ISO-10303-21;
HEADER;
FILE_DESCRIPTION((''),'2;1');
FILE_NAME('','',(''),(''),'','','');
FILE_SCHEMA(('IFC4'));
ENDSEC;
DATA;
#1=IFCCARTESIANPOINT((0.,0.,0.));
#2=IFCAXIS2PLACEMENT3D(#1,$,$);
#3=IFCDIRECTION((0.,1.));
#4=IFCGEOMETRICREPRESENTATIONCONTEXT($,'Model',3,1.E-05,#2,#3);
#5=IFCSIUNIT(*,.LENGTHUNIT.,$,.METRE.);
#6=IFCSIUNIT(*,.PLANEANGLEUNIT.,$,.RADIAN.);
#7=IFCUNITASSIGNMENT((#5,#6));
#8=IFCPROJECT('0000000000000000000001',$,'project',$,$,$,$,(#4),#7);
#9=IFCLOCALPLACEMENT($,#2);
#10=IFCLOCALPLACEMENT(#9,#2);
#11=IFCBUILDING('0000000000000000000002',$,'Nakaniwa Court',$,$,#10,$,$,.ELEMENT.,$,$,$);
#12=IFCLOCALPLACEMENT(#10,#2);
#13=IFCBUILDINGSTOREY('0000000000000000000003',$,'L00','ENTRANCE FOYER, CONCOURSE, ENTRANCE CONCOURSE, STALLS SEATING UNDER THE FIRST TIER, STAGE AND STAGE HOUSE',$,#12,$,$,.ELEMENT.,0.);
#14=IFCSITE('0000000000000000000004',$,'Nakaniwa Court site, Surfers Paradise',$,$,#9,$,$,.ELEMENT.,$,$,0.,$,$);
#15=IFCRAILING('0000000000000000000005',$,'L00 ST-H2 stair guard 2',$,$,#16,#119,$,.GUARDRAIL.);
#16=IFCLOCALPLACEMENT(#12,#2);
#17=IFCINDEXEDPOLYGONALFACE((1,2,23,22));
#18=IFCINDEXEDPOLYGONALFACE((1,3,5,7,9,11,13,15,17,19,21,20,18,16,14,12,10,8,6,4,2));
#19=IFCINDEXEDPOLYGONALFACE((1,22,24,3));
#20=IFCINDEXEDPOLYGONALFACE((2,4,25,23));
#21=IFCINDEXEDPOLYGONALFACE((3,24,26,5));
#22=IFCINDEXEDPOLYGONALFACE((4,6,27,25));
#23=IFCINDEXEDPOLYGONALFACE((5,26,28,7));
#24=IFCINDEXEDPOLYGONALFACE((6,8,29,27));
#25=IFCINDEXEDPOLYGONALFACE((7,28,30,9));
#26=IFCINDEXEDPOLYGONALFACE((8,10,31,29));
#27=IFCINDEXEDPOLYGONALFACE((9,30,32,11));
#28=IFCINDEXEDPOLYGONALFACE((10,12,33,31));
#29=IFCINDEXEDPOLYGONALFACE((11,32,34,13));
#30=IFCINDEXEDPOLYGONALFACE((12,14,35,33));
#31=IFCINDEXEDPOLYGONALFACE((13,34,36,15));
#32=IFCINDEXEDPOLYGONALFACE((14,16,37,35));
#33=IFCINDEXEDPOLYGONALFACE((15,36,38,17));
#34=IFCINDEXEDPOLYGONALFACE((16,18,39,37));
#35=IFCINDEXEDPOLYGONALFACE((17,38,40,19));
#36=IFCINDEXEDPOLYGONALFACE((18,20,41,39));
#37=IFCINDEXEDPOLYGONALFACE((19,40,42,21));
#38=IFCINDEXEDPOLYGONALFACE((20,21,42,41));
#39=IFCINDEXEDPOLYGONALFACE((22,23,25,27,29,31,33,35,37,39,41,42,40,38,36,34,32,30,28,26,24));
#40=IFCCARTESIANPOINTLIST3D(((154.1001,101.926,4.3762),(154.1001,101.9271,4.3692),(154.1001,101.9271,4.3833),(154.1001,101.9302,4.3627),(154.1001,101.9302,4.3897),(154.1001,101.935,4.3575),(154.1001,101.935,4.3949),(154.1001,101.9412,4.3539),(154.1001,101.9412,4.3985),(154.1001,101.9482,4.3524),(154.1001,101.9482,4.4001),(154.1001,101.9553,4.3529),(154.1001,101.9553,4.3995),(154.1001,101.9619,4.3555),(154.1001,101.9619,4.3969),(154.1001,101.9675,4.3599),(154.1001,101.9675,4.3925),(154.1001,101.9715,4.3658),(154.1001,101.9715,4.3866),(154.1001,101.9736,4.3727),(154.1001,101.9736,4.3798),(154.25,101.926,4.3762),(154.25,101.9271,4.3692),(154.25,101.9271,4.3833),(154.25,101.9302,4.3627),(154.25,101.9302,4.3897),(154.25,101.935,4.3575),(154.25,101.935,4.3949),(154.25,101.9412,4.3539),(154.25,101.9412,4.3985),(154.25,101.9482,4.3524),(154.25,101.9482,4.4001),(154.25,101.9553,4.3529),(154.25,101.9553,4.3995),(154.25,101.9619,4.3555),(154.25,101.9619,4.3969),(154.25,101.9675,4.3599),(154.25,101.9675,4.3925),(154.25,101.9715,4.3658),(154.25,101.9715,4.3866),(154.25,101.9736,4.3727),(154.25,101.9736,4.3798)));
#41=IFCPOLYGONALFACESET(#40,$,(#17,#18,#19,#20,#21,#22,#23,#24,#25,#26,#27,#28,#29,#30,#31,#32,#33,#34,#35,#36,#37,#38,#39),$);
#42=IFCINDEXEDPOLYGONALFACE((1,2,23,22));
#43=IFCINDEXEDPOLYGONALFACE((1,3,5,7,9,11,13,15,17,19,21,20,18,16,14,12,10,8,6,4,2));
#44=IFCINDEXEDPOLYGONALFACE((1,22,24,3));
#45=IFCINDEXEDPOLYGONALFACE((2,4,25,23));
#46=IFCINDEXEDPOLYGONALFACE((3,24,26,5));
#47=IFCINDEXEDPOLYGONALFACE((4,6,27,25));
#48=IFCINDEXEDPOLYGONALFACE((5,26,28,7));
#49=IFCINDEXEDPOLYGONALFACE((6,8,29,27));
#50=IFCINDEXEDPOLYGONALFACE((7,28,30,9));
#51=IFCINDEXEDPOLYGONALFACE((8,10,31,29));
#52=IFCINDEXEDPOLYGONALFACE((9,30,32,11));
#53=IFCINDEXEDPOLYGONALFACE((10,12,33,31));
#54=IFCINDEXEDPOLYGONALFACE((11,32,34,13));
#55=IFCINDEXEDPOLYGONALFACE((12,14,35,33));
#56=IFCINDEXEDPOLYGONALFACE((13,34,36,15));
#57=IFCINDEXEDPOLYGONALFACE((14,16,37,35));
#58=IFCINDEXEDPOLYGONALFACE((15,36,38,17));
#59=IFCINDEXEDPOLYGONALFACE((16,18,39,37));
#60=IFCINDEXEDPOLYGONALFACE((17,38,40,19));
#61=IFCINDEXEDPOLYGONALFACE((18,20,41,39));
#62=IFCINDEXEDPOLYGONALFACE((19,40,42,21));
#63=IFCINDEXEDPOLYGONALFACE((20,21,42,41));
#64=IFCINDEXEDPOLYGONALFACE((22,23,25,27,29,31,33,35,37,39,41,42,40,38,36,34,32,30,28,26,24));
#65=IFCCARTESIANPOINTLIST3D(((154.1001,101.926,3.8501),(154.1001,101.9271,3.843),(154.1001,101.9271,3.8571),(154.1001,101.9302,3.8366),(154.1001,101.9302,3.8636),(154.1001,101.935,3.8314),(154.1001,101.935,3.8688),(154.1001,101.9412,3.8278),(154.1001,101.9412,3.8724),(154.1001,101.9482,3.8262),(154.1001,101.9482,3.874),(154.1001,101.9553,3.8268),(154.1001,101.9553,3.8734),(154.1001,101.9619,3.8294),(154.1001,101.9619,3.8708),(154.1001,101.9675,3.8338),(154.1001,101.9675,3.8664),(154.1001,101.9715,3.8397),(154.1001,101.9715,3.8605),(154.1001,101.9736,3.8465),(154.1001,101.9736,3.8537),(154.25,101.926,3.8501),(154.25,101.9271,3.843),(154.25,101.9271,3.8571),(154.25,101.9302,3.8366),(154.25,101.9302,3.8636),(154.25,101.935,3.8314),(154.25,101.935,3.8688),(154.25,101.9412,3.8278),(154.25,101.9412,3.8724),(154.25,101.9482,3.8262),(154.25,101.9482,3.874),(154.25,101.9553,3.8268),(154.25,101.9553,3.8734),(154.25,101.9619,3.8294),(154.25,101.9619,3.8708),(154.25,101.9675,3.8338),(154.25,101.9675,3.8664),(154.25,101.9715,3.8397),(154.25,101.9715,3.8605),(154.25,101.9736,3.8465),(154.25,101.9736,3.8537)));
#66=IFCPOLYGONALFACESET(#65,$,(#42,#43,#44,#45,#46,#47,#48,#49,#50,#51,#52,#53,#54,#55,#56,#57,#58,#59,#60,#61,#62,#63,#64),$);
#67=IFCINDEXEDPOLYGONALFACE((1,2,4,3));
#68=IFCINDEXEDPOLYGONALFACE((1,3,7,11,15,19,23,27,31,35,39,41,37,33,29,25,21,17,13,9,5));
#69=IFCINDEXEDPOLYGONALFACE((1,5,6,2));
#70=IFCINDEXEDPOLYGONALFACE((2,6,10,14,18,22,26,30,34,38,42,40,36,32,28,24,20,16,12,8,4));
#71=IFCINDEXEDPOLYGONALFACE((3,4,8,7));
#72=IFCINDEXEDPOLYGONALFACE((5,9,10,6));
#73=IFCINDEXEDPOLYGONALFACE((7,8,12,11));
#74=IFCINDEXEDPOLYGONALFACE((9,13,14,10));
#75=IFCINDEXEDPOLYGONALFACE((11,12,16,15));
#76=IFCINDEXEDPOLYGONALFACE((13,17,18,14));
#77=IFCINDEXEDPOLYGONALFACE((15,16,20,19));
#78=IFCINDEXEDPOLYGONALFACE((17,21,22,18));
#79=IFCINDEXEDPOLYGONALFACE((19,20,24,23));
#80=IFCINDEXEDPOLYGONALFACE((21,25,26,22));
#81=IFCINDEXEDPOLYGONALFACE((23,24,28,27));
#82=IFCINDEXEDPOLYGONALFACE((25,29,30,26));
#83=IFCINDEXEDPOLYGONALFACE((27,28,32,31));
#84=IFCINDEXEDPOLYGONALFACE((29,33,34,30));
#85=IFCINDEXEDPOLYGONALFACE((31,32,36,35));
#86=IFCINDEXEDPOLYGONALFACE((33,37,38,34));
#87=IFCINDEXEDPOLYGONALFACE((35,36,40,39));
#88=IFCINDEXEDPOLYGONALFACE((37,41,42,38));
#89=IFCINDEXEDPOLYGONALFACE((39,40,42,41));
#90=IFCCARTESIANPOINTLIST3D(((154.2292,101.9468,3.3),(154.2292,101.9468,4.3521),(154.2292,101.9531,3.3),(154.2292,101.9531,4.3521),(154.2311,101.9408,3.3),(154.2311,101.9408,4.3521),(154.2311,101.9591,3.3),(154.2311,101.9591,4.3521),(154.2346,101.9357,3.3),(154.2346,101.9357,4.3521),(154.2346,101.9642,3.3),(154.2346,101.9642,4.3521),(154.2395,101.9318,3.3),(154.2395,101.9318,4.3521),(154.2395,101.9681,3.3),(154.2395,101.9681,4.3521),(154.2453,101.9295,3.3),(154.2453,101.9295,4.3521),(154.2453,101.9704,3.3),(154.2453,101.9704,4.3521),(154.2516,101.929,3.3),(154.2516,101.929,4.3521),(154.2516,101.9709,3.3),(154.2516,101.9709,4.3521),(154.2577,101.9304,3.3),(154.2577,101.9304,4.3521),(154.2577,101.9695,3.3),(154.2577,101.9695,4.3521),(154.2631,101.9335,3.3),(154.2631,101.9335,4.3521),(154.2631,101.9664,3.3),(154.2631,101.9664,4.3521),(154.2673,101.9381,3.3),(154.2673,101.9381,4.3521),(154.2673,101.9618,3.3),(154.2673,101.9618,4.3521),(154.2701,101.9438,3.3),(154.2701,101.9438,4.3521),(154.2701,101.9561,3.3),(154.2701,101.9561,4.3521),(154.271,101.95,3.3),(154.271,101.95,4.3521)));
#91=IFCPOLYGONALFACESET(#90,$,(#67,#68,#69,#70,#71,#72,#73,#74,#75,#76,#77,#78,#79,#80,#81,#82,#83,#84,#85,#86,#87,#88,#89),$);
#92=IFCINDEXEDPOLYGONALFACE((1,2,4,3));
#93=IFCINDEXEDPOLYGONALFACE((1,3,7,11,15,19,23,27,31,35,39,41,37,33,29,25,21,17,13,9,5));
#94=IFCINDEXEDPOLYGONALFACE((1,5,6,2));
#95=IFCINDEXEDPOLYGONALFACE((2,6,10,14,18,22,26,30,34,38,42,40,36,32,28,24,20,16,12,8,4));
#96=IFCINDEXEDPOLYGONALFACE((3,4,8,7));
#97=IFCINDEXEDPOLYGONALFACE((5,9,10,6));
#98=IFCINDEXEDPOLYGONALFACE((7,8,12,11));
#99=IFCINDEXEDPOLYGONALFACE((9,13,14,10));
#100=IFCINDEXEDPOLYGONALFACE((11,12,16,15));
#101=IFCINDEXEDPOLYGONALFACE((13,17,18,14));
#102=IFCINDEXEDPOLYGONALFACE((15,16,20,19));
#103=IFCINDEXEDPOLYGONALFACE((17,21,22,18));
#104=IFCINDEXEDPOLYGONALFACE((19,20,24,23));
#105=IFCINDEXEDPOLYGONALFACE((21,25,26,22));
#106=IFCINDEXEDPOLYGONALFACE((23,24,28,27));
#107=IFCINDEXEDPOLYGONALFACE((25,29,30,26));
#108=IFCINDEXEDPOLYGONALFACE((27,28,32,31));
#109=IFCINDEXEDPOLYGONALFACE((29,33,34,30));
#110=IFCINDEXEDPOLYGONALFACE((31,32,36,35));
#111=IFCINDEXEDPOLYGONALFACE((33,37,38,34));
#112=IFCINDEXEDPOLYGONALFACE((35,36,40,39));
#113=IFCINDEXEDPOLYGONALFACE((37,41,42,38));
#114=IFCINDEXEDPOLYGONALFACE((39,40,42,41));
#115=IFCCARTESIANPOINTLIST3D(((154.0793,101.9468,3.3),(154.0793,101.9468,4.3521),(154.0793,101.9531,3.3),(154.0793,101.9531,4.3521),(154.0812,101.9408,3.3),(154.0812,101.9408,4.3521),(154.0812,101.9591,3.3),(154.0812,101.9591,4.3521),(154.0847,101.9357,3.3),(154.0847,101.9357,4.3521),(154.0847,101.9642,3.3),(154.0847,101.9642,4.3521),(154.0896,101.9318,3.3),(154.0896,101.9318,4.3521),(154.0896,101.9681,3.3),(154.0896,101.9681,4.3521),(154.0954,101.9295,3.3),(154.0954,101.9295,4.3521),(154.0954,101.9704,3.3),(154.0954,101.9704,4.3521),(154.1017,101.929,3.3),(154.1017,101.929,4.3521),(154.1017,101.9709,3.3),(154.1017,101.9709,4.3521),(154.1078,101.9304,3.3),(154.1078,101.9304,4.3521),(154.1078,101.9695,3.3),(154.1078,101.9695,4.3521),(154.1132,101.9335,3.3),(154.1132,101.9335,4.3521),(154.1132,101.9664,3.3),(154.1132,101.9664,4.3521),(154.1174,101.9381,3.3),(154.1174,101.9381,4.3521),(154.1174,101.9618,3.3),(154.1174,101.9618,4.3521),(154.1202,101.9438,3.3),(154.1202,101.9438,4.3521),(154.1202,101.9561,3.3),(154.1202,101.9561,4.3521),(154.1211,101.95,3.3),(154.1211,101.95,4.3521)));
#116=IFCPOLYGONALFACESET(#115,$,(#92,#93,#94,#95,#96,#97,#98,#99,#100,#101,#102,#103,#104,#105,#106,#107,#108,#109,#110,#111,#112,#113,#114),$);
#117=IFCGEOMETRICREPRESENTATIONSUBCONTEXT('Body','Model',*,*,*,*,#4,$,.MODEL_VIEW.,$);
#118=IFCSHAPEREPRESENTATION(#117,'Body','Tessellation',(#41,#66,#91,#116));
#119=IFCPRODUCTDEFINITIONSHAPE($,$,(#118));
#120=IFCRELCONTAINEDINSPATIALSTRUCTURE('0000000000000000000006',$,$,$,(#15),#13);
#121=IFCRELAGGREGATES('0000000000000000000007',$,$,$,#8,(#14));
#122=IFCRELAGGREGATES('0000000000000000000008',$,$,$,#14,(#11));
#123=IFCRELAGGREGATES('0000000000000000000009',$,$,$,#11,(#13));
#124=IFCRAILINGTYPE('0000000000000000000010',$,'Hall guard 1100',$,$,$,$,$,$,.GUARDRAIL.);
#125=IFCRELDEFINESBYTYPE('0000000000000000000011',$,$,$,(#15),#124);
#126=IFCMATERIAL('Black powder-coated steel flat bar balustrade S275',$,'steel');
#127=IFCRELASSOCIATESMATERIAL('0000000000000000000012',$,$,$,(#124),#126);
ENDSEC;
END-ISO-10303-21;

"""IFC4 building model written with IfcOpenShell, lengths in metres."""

from ifc_helpers import new_model, si_unit, direction, frame, origin, origin_2d, place, context, subcontext, project, spatial, circle, extrude, material, type_object, element, save


model = new_model("IFC4")

# Units and contexts
model_context = context("Model", 3, precision=1e-05, world=origin(), true_north=direction((0.0, 1.0)))
body_context = subcontext(model_context, "Body", "Model", "MODEL_VIEW")
ifc_project = project(units=[si_unit("LENGTHUNIT", "METRE"), si_unit("PLANEANGLEUNIT", "RADIAN")], contexts=[model_context])

# Site, building, storey
site_placement = place(None, origin())
site = spatial("IfcSite", under=ifc_project, at=site_placement, Name="Nakaniwa Court site, Surfers Paradise", CompositionType="ELEMENT", RefElevation=0.0)
building_placement = place(site_placement, origin())
building = spatial("IfcBuilding", under=site, at=building_placement, Name="Nakaniwa Court", CompositionType="ELEMENT")
storey_placement = place(building_placement, origin())
storey = spatial("IfcBuildingStorey", under=building, at=storey_placement, Name="L00", Description="ENTRANCE FOYER, CONCOURSE, ENTRANCE CONCOURSE, STALLS SEATING UNDER THE FIRST TIER, STAGE AND STAGE HOUSE", CompositionType="ELEMENT", Elevation=0.0)

# Railing
ifc_material_1 = material(Name="Black powder-coated steel flat bar balustrade S275", Category="steel")
railing_type_1 = type_object("IfcRailingType", Name="Hall guard 1100", PredefinedType="GUARDRAIL", material=ifc_material_1)
railing_1_placement = place(storey_placement, frame((154.25, 101.95, 3.3)))
element("IfcRailing", 1, at=railing_1_placement, inside=storey, type_object=railing_type_1, Name="L00 ST-H2 stair guard 2", PredefinedType="GUARDRAIL", context=body_context, shape_type="SweptSolid", body=[
    extrude(circle(Radius=0.0239, at=origin_2d()), frame((0.0, 0.0, 1.0762), z_axis=(-1.0, 0.0, 0.0), x_axis=(0.0, -1.0, 0.0)), (0.0, 0.0, 1.0), 0.1499),
    extrude(circle(Radius=0.0239, at=origin_2d()), frame((0.0, 0.0, 0.55), z_axis=(-1.0, 0.0, 0.0), x_axis=(0.0, -1.0, 0.0)), (0.0, 0.0, 1.0), 0.1499),
    extrude(circle(Radius=0.021, at=origin_2d()), origin(), (0.0, 0.0, 1.0), 1.052),
    extrude(circle(Radius=0.021, at=origin_2d()), frame((-0.1499, 0.0, 0.0)), (0.0, 0.0, 1.0), 1.052),
])

save(model, "model.ifc")
